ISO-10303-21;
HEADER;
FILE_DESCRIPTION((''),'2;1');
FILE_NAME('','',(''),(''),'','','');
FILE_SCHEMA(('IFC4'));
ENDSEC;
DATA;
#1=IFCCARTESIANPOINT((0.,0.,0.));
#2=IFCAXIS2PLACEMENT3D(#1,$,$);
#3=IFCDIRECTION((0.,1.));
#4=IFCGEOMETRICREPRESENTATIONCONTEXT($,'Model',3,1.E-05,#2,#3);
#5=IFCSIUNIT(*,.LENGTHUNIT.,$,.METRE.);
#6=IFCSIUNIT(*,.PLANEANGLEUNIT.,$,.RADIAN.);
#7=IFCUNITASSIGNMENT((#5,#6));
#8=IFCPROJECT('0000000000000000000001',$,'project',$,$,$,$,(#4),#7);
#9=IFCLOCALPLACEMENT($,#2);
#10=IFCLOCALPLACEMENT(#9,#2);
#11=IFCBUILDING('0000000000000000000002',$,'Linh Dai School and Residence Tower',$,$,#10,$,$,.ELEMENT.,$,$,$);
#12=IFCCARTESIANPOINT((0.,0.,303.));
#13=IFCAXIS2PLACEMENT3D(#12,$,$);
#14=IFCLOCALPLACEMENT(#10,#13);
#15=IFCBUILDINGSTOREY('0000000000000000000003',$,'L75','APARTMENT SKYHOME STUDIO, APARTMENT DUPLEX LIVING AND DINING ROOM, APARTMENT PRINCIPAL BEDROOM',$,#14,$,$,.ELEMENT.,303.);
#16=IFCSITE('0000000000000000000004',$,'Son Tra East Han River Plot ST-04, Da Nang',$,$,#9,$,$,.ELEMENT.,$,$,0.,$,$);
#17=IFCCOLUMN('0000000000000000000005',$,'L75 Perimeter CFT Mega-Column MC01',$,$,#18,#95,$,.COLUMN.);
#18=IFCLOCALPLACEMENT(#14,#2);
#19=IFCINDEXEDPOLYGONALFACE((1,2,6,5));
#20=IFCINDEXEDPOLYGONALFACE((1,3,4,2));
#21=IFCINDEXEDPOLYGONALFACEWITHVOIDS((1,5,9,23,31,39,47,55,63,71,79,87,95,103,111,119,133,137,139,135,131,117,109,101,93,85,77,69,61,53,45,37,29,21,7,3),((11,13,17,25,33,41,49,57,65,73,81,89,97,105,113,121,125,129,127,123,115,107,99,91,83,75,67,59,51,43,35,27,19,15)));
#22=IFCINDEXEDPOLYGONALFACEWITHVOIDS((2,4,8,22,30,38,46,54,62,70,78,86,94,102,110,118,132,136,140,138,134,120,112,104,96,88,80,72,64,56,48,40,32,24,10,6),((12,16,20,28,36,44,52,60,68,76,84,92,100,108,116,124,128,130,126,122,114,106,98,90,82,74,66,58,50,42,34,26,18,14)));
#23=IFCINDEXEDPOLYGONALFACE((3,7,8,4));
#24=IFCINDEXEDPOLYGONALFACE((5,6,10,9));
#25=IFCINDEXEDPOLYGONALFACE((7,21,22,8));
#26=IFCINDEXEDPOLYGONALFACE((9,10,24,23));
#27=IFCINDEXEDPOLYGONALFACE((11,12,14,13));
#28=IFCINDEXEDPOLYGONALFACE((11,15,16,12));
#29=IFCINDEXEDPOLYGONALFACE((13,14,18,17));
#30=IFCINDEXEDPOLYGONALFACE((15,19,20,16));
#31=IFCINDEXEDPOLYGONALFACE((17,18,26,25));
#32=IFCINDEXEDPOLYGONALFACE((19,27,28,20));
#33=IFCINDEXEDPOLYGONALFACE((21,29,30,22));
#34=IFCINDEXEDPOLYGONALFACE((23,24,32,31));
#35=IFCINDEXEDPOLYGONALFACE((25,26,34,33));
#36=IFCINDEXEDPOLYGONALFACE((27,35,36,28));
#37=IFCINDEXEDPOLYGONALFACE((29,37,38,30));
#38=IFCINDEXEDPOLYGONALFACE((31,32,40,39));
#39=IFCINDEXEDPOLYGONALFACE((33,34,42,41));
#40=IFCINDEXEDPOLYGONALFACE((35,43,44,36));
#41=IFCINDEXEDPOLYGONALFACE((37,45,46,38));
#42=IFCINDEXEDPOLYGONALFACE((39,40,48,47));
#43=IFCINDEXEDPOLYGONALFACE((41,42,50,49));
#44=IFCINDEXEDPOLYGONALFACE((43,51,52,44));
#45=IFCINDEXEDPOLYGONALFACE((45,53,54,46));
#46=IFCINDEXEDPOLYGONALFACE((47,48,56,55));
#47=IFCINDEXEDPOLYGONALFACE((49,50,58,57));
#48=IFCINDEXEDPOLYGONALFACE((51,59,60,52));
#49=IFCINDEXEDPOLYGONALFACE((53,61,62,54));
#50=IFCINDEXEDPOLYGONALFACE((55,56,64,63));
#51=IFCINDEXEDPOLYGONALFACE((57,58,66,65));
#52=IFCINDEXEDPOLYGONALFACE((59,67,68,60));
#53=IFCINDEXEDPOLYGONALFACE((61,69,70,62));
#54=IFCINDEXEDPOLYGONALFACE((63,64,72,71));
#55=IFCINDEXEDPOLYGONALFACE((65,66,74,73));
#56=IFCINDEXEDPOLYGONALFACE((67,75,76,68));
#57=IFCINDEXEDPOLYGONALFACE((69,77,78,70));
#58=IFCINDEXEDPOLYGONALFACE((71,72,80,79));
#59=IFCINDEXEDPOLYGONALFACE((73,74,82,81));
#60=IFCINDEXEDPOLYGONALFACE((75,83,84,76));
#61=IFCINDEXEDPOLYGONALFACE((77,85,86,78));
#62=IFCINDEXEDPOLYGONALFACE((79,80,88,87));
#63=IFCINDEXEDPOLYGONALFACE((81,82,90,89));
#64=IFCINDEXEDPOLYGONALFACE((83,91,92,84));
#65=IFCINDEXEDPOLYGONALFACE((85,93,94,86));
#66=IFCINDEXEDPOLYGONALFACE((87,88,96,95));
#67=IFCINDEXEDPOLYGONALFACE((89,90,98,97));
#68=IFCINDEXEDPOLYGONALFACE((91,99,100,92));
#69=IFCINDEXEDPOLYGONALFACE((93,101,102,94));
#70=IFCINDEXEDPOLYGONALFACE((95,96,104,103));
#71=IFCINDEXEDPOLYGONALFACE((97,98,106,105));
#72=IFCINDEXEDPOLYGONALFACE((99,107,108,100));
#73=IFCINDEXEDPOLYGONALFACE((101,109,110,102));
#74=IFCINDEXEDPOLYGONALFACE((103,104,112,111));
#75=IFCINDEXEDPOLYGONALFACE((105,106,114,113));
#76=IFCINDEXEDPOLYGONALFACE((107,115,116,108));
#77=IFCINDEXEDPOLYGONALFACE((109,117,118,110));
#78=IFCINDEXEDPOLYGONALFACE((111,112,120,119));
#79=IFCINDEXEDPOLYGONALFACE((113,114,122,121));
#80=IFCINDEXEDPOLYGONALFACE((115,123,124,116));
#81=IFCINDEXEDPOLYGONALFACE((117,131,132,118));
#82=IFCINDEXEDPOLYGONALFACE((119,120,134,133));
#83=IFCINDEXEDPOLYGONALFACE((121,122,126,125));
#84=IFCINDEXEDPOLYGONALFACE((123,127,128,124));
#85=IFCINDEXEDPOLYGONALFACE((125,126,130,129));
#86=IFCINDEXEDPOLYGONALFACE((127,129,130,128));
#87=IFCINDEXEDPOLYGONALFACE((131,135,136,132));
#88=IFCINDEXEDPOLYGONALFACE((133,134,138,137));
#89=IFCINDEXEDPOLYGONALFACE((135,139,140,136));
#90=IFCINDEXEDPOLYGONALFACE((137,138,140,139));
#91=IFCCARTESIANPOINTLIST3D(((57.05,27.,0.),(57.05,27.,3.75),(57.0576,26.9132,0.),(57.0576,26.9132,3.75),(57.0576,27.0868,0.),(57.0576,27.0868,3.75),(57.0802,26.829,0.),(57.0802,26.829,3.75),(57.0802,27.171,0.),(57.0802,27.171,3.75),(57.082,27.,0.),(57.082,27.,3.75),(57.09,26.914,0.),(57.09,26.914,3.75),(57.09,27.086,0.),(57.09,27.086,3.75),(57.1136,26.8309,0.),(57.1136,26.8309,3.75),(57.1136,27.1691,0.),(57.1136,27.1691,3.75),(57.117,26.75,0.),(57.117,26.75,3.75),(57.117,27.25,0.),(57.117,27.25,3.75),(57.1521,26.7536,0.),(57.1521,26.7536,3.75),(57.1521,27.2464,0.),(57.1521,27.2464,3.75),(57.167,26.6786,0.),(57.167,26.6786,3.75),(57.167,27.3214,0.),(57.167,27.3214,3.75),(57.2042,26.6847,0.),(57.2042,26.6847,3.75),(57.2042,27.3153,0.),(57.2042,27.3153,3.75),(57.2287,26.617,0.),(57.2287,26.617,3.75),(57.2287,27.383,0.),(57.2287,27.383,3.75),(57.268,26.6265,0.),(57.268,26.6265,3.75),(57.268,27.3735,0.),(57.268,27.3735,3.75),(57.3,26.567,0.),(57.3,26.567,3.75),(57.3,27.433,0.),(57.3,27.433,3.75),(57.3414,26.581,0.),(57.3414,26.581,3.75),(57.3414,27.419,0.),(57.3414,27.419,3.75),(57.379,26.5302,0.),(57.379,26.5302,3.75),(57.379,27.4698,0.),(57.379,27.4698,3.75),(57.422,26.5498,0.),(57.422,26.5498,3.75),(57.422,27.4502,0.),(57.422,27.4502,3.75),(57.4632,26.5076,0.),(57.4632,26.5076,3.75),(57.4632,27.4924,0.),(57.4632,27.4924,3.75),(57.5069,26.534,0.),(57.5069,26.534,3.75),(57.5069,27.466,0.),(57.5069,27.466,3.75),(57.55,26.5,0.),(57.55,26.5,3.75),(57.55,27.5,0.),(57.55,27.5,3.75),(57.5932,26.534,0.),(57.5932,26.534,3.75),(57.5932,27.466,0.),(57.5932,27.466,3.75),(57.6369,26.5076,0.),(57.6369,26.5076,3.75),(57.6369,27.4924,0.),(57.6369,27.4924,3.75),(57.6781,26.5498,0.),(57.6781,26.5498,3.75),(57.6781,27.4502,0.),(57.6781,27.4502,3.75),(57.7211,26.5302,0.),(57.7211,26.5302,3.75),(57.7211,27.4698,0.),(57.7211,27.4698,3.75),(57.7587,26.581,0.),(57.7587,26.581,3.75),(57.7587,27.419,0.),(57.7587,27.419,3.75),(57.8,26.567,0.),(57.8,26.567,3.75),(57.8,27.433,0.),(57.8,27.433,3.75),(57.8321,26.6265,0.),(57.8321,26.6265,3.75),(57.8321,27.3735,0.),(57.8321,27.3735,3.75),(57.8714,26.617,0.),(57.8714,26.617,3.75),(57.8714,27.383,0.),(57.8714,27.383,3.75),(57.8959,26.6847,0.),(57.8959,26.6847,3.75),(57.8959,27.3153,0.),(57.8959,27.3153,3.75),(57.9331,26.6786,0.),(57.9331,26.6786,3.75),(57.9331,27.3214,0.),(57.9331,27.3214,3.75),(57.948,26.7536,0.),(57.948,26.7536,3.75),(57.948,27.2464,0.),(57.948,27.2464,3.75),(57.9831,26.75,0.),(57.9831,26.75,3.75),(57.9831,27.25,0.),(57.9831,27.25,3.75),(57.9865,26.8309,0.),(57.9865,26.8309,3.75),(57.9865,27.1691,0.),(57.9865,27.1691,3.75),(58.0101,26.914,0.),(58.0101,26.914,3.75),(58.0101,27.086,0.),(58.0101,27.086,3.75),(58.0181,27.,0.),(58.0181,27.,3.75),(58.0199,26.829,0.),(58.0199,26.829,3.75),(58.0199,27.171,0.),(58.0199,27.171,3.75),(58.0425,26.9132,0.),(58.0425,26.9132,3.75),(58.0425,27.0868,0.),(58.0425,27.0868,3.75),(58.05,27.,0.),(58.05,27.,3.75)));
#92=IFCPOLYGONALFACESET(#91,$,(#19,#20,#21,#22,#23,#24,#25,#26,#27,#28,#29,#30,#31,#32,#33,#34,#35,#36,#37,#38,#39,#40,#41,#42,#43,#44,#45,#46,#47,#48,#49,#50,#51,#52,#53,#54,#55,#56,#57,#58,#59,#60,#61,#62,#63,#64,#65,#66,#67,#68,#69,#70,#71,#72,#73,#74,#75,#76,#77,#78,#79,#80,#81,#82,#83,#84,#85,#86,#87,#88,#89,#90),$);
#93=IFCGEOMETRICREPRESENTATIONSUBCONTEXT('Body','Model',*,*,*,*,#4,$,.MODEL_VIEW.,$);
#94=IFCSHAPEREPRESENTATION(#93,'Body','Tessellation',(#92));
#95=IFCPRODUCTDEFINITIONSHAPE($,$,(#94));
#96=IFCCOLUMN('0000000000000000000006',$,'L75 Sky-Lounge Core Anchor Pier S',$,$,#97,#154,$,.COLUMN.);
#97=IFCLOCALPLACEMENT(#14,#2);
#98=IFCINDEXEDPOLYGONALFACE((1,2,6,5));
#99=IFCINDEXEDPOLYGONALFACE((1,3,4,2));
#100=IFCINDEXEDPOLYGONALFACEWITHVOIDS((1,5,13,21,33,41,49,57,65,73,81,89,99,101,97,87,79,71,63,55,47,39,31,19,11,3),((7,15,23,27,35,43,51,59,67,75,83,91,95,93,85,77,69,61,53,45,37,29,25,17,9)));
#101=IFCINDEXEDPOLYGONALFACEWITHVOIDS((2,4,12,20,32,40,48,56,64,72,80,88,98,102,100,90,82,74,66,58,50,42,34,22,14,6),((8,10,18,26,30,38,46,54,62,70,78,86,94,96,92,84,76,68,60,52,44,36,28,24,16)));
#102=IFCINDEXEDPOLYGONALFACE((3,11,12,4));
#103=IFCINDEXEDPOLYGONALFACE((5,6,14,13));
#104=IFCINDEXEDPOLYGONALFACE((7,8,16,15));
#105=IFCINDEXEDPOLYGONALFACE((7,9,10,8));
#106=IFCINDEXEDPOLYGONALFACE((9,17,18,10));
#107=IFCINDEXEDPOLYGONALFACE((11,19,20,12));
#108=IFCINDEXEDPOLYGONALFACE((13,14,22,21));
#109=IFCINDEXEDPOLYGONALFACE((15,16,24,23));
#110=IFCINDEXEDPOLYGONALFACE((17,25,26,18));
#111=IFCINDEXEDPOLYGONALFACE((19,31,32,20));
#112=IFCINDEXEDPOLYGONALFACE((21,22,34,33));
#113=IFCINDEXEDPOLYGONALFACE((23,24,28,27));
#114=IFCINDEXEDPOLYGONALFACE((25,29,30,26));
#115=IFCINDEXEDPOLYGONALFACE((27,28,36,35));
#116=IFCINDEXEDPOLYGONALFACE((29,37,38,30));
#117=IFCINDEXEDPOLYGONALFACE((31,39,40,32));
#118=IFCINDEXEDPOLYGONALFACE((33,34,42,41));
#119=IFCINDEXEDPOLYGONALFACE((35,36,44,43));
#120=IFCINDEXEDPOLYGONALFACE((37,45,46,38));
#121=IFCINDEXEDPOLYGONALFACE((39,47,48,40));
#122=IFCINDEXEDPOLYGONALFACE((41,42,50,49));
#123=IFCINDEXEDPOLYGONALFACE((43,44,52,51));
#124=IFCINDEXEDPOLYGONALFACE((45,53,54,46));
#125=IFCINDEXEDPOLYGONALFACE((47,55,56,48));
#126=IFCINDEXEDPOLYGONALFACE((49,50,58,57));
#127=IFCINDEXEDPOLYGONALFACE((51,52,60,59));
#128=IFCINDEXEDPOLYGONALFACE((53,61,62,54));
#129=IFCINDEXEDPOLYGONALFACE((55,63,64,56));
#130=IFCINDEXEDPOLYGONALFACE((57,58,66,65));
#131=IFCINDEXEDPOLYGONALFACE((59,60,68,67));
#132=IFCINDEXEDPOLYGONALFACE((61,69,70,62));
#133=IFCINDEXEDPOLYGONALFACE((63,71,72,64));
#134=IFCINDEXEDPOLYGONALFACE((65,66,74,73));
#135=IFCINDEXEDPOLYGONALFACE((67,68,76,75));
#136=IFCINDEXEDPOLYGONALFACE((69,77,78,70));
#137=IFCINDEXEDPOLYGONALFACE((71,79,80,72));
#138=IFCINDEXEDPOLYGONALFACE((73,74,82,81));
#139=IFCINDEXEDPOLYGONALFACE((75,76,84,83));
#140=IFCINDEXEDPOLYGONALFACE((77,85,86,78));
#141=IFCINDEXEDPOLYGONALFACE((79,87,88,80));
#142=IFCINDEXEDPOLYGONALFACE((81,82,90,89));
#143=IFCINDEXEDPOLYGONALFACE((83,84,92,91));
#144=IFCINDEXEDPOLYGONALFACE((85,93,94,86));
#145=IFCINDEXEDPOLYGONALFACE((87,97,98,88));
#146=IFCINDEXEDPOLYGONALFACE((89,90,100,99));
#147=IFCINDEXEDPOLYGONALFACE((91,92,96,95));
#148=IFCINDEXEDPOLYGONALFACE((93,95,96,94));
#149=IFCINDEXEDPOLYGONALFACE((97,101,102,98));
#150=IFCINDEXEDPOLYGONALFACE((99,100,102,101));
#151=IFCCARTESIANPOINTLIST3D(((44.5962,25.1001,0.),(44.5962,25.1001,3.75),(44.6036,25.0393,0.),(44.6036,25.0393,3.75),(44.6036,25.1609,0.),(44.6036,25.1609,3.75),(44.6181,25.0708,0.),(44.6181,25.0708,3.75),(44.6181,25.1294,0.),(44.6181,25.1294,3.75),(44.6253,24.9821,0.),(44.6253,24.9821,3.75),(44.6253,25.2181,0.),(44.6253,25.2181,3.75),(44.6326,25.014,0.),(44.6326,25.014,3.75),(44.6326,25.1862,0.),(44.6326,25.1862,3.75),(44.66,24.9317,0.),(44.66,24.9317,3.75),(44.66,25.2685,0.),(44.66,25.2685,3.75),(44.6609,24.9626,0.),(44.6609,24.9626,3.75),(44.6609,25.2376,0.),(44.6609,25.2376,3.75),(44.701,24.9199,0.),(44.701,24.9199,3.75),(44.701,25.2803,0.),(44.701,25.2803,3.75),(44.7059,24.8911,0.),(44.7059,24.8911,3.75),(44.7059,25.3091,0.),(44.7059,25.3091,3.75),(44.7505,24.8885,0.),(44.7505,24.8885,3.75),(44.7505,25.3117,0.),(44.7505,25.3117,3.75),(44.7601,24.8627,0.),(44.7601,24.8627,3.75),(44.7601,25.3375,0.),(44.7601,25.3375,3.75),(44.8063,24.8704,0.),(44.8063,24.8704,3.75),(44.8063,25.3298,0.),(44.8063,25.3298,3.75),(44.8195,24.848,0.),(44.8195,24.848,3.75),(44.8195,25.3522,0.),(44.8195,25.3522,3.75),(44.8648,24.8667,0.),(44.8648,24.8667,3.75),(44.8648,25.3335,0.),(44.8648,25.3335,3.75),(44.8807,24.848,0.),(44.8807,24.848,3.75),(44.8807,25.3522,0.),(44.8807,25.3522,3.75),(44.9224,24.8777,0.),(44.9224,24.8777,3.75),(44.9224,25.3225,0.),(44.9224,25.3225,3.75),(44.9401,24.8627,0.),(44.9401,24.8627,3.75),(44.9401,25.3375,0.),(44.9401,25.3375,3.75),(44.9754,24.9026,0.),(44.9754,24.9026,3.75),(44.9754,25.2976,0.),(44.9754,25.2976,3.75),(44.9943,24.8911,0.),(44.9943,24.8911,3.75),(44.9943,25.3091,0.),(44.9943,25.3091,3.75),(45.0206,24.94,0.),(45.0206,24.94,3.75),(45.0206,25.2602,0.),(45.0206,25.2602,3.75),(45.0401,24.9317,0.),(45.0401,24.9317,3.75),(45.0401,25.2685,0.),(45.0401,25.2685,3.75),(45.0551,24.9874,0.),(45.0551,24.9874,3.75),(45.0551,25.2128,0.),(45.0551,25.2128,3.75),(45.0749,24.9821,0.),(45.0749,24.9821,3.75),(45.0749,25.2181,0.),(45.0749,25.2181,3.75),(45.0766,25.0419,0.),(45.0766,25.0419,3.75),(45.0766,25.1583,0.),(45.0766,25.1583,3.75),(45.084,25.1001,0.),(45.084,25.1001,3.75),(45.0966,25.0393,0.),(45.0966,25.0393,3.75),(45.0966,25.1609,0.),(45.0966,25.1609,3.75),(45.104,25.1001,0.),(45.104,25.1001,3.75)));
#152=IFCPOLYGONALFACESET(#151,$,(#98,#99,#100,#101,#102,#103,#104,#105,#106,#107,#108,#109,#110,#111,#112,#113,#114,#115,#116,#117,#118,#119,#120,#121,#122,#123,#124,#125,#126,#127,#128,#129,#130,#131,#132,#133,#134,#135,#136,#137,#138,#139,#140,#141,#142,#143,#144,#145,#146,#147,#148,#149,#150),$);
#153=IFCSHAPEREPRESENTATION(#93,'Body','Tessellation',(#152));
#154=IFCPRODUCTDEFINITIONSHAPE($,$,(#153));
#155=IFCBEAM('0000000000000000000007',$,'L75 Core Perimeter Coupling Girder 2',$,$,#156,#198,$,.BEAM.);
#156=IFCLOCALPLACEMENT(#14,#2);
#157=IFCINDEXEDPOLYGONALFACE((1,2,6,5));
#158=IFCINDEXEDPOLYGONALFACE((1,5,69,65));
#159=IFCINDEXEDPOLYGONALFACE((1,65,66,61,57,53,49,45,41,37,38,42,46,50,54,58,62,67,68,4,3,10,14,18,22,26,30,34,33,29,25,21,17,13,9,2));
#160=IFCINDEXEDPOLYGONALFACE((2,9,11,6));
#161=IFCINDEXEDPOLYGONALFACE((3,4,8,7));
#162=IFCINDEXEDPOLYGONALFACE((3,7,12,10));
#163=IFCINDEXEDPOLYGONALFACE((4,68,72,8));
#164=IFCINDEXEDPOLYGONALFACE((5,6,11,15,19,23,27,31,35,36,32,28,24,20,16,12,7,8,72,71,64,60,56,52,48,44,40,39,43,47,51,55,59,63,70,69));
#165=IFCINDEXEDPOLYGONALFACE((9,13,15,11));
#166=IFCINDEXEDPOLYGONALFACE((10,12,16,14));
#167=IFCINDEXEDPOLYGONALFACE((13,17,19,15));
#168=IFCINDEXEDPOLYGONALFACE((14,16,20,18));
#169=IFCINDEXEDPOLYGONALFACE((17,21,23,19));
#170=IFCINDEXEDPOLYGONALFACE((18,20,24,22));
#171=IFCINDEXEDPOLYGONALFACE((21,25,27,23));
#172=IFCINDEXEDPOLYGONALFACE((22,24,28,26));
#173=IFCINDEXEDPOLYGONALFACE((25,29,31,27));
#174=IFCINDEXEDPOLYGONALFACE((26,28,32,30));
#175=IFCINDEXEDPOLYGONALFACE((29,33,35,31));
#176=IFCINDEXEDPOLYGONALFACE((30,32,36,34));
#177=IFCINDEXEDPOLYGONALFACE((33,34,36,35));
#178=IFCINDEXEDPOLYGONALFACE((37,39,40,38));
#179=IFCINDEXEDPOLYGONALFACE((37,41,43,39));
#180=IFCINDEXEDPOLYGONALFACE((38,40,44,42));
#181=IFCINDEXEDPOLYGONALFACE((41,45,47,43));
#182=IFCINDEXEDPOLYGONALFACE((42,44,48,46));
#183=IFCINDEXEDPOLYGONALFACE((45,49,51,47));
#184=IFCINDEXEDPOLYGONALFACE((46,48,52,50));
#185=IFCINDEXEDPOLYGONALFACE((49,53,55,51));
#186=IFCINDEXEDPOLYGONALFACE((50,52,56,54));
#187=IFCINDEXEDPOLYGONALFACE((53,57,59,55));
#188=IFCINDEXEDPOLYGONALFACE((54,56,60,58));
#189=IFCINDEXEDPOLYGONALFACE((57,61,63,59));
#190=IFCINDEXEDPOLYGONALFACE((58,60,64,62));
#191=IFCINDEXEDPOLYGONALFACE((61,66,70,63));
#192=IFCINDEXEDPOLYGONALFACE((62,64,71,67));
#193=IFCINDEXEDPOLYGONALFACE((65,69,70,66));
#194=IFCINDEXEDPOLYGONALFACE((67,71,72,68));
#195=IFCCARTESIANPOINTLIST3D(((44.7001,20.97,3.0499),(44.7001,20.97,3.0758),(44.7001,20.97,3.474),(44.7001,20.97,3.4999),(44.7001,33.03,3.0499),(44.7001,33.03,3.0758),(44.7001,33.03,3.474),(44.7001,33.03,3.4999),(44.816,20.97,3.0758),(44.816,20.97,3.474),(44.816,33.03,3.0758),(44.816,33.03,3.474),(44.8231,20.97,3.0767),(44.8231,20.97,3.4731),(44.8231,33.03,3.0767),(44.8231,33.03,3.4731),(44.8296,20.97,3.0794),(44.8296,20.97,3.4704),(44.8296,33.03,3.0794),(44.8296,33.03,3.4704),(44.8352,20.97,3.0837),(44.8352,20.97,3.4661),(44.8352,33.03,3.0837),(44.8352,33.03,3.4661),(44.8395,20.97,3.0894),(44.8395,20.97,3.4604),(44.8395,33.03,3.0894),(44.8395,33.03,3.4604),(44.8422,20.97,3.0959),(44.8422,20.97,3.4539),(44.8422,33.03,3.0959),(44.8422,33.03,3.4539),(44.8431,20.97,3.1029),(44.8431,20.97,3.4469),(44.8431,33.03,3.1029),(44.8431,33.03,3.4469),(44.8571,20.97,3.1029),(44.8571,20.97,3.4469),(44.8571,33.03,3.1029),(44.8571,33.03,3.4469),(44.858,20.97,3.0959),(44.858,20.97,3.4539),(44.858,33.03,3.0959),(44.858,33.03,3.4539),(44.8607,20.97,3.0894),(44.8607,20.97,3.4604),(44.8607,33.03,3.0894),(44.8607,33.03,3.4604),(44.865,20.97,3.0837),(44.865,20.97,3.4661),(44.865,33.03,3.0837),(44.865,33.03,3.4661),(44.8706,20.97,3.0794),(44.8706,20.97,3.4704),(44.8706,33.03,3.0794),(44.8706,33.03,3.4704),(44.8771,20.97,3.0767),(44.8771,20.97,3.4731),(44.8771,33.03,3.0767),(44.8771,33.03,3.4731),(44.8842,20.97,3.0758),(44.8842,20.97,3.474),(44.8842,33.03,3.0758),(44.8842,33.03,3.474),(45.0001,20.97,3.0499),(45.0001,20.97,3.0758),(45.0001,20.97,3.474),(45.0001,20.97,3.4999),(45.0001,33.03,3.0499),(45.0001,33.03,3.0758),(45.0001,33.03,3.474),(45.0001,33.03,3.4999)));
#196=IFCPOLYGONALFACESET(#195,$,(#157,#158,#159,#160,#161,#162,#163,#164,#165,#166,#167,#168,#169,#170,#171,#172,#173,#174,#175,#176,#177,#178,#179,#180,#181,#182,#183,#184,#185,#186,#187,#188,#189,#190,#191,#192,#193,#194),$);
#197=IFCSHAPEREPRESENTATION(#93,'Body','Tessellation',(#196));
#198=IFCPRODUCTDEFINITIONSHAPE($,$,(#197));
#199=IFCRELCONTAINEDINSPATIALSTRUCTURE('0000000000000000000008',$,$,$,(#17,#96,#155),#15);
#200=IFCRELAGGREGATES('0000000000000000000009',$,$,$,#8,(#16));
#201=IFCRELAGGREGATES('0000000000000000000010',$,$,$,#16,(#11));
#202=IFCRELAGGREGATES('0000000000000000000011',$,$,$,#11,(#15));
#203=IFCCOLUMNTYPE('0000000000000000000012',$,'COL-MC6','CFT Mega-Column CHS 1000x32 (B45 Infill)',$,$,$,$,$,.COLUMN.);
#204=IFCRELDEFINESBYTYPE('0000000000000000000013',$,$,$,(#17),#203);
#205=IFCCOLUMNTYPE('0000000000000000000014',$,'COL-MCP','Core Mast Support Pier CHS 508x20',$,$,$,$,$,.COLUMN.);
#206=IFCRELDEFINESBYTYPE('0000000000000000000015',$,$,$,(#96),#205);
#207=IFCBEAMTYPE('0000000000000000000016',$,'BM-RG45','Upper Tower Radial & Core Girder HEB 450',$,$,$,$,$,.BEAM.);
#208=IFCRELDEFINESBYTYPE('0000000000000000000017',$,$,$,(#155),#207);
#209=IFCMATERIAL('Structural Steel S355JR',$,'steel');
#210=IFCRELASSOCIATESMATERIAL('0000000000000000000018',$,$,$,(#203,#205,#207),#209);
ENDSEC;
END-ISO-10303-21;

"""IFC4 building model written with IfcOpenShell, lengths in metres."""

from ifc_helpers import new_model, si_unit, direction, frame, origin, origin_2d, place, context, subcontext, project, spatial, hollow_circle, i_section, extrude, material, material_profile, profile_set, type_object, element, save


model = new_model("IFC4")

# Units and contexts
model_context = context("Model", 3, precision=1e-05, world=origin(), true_north=direction((0.0, 1.0)))
body_context = subcontext(model_context, "Body", "Model", "MODEL_VIEW")
ifc_project = project(units=[si_unit("LENGTHUNIT", "METRE"), si_unit("PLANEANGLEUNIT", "RADIAN")], contexts=[model_context])

# Site, building, storey
site_placement = place(None, origin())
site = spatial("IfcSite", under=ifc_project, at=site_placement, Name="Son Tra East Han River Plot ST-04, Da Nang", CompositionType="ELEMENT", RefElevation=0.0)
building_placement = place(site_placement, origin())
building = spatial("IfcBuilding", under=site, at=building_placement, Name="Linh Dai School and Residence Tower", CompositionType="ELEMENT")
storey_placement = place(building_placement, frame((0.0, 0.0, 303.0)))
storey = spatial("IfcBuildingStorey", under=building, at=storey_placement, Name="L75", Description="APARTMENT SKYHOME STUDIO, APARTMENT DUPLEX LIVING AND DINING ROOM, APARTMENT PRINCIPAL BEDROOM", CompositionType="ELEMENT", Elevation=303.0)

# Columns
ifc_material_1 = material(Name="Structural Steel S355JR", Category="steel")
ifc_material_profile_1 = material_profile(ifc_material_1, hollow_circle(Radius=0.5, WallThickness=0.032, at=origin_2d()), Name="CHS 1000x32")
ifc_profile_set_1 = profile_set([ifc_material_profile_1], Name="Structural Steel S355JR")
column_type_1 = type_object("IfcColumnType", Name="COL-MC6", Description="CFT Mega-Column CHS 1000x32 (B45 Infill)", PredefinedType="COLUMN", material=ifc_profile_set_1)
column_1_placement = place(storey_placement, frame((57.55, 27.0, 0.0), z_axis=(0.0, 0.0, 1.0), x_axis=(1.0, 0.0, 0.0)))
element("IfcColumn", 1, at=column_1_placement, inside=storey, type_object=column_type_1, Name="L75 Perimeter CFT Mega-Column MC01", PredefinedType="COLUMN", context=body_context, shape_type="SweptSolid", body=[
    extrude(hollow_circle(Radius=0.5, WallThickness=0.032, at=origin_2d()), origin(), (0.0, 0.0, 1.0), 3.75),
])
ifc_material_profile_2 = material_profile(ifc_material_1, hollow_circle(Radius=0.2539, WallThickness=0.02, at=origin_2d()), Name="CHS 508x20")
ifc_profile_set_2 = profile_set([ifc_material_profile_2], Name="Structural Steel S355JR")
column_type_2 = type_object("IfcColumnType", Name="COL-MCP", Description="Core Mast Support Pier CHS 508x20", PredefinedType="COLUMN", material=ifc_profile_set_2)
column_2_placement = place(storey_placement, frame((44.8501, 25.1001, 0.0), z_axis=(0.0, 0.0, 1.0), x_axis=(1.0, 0.0, 0.0)))
element("IfcColumn", 2, at=column_2_placement, inside=storey, type_object=column_type_2, Name="L75 Sky-Lounge Core Anchor Pier S", PredefinedType="COLUMN", context=body_context, shape_type="SweptSolid", body=[
    extrude(hollow_circle(Radius=0.2539, WallThickness=0.02, at=origin_2d()), origin(), (0.0, 0.0, 1.0), 3.75),
])

# Beam
ifc_material_profile_3 = material_profile(ifc_material_1, i_section(OverallWidth=0.3, OverallDepth=0.45, WebThickness=0.0139, FlangeThickness=0.0259, FilletRadius=0.0271, at=origin_2d()), Name="HEB 450")
ifc_profile_set_3 = profile_set([ifc_material_profile_3], Name="Structural Steel S355JR")
beam_type_1 = type_object("IfcBeamType", Name="BM-RG45", Description="Upper Tower Radial & Core Girder HEB 450", PredefinedType="BEAM", material=ifc_profile_set_3)
beam_1_placement = place(storey_placement, frame((44.8501, 20.97, 3.2749), z_axis=(0.0, 1.0, 0.0), x_axis=(-1.0, 0.0, 0.0)))
element("IfcBeam", 3, at=beam_1_placement, inside=storey, type_object=beam_type_1, Name="L75 Core Perimeter Coupling Girder 2", PredefinedType="BEAM", context=body_context, shape_type="SweptSolid", body=[
    extrude(i_section(OverallWidth=0.3, OverallDepth=0.45, WebThickness=0.0139, FlangeThickness=0.0259, FilletRadius=0.0271, at=origin_2d()), origin(), (0.0, 0.0, 1.0), 12.0601),
])

save(model, "model.ifc")
